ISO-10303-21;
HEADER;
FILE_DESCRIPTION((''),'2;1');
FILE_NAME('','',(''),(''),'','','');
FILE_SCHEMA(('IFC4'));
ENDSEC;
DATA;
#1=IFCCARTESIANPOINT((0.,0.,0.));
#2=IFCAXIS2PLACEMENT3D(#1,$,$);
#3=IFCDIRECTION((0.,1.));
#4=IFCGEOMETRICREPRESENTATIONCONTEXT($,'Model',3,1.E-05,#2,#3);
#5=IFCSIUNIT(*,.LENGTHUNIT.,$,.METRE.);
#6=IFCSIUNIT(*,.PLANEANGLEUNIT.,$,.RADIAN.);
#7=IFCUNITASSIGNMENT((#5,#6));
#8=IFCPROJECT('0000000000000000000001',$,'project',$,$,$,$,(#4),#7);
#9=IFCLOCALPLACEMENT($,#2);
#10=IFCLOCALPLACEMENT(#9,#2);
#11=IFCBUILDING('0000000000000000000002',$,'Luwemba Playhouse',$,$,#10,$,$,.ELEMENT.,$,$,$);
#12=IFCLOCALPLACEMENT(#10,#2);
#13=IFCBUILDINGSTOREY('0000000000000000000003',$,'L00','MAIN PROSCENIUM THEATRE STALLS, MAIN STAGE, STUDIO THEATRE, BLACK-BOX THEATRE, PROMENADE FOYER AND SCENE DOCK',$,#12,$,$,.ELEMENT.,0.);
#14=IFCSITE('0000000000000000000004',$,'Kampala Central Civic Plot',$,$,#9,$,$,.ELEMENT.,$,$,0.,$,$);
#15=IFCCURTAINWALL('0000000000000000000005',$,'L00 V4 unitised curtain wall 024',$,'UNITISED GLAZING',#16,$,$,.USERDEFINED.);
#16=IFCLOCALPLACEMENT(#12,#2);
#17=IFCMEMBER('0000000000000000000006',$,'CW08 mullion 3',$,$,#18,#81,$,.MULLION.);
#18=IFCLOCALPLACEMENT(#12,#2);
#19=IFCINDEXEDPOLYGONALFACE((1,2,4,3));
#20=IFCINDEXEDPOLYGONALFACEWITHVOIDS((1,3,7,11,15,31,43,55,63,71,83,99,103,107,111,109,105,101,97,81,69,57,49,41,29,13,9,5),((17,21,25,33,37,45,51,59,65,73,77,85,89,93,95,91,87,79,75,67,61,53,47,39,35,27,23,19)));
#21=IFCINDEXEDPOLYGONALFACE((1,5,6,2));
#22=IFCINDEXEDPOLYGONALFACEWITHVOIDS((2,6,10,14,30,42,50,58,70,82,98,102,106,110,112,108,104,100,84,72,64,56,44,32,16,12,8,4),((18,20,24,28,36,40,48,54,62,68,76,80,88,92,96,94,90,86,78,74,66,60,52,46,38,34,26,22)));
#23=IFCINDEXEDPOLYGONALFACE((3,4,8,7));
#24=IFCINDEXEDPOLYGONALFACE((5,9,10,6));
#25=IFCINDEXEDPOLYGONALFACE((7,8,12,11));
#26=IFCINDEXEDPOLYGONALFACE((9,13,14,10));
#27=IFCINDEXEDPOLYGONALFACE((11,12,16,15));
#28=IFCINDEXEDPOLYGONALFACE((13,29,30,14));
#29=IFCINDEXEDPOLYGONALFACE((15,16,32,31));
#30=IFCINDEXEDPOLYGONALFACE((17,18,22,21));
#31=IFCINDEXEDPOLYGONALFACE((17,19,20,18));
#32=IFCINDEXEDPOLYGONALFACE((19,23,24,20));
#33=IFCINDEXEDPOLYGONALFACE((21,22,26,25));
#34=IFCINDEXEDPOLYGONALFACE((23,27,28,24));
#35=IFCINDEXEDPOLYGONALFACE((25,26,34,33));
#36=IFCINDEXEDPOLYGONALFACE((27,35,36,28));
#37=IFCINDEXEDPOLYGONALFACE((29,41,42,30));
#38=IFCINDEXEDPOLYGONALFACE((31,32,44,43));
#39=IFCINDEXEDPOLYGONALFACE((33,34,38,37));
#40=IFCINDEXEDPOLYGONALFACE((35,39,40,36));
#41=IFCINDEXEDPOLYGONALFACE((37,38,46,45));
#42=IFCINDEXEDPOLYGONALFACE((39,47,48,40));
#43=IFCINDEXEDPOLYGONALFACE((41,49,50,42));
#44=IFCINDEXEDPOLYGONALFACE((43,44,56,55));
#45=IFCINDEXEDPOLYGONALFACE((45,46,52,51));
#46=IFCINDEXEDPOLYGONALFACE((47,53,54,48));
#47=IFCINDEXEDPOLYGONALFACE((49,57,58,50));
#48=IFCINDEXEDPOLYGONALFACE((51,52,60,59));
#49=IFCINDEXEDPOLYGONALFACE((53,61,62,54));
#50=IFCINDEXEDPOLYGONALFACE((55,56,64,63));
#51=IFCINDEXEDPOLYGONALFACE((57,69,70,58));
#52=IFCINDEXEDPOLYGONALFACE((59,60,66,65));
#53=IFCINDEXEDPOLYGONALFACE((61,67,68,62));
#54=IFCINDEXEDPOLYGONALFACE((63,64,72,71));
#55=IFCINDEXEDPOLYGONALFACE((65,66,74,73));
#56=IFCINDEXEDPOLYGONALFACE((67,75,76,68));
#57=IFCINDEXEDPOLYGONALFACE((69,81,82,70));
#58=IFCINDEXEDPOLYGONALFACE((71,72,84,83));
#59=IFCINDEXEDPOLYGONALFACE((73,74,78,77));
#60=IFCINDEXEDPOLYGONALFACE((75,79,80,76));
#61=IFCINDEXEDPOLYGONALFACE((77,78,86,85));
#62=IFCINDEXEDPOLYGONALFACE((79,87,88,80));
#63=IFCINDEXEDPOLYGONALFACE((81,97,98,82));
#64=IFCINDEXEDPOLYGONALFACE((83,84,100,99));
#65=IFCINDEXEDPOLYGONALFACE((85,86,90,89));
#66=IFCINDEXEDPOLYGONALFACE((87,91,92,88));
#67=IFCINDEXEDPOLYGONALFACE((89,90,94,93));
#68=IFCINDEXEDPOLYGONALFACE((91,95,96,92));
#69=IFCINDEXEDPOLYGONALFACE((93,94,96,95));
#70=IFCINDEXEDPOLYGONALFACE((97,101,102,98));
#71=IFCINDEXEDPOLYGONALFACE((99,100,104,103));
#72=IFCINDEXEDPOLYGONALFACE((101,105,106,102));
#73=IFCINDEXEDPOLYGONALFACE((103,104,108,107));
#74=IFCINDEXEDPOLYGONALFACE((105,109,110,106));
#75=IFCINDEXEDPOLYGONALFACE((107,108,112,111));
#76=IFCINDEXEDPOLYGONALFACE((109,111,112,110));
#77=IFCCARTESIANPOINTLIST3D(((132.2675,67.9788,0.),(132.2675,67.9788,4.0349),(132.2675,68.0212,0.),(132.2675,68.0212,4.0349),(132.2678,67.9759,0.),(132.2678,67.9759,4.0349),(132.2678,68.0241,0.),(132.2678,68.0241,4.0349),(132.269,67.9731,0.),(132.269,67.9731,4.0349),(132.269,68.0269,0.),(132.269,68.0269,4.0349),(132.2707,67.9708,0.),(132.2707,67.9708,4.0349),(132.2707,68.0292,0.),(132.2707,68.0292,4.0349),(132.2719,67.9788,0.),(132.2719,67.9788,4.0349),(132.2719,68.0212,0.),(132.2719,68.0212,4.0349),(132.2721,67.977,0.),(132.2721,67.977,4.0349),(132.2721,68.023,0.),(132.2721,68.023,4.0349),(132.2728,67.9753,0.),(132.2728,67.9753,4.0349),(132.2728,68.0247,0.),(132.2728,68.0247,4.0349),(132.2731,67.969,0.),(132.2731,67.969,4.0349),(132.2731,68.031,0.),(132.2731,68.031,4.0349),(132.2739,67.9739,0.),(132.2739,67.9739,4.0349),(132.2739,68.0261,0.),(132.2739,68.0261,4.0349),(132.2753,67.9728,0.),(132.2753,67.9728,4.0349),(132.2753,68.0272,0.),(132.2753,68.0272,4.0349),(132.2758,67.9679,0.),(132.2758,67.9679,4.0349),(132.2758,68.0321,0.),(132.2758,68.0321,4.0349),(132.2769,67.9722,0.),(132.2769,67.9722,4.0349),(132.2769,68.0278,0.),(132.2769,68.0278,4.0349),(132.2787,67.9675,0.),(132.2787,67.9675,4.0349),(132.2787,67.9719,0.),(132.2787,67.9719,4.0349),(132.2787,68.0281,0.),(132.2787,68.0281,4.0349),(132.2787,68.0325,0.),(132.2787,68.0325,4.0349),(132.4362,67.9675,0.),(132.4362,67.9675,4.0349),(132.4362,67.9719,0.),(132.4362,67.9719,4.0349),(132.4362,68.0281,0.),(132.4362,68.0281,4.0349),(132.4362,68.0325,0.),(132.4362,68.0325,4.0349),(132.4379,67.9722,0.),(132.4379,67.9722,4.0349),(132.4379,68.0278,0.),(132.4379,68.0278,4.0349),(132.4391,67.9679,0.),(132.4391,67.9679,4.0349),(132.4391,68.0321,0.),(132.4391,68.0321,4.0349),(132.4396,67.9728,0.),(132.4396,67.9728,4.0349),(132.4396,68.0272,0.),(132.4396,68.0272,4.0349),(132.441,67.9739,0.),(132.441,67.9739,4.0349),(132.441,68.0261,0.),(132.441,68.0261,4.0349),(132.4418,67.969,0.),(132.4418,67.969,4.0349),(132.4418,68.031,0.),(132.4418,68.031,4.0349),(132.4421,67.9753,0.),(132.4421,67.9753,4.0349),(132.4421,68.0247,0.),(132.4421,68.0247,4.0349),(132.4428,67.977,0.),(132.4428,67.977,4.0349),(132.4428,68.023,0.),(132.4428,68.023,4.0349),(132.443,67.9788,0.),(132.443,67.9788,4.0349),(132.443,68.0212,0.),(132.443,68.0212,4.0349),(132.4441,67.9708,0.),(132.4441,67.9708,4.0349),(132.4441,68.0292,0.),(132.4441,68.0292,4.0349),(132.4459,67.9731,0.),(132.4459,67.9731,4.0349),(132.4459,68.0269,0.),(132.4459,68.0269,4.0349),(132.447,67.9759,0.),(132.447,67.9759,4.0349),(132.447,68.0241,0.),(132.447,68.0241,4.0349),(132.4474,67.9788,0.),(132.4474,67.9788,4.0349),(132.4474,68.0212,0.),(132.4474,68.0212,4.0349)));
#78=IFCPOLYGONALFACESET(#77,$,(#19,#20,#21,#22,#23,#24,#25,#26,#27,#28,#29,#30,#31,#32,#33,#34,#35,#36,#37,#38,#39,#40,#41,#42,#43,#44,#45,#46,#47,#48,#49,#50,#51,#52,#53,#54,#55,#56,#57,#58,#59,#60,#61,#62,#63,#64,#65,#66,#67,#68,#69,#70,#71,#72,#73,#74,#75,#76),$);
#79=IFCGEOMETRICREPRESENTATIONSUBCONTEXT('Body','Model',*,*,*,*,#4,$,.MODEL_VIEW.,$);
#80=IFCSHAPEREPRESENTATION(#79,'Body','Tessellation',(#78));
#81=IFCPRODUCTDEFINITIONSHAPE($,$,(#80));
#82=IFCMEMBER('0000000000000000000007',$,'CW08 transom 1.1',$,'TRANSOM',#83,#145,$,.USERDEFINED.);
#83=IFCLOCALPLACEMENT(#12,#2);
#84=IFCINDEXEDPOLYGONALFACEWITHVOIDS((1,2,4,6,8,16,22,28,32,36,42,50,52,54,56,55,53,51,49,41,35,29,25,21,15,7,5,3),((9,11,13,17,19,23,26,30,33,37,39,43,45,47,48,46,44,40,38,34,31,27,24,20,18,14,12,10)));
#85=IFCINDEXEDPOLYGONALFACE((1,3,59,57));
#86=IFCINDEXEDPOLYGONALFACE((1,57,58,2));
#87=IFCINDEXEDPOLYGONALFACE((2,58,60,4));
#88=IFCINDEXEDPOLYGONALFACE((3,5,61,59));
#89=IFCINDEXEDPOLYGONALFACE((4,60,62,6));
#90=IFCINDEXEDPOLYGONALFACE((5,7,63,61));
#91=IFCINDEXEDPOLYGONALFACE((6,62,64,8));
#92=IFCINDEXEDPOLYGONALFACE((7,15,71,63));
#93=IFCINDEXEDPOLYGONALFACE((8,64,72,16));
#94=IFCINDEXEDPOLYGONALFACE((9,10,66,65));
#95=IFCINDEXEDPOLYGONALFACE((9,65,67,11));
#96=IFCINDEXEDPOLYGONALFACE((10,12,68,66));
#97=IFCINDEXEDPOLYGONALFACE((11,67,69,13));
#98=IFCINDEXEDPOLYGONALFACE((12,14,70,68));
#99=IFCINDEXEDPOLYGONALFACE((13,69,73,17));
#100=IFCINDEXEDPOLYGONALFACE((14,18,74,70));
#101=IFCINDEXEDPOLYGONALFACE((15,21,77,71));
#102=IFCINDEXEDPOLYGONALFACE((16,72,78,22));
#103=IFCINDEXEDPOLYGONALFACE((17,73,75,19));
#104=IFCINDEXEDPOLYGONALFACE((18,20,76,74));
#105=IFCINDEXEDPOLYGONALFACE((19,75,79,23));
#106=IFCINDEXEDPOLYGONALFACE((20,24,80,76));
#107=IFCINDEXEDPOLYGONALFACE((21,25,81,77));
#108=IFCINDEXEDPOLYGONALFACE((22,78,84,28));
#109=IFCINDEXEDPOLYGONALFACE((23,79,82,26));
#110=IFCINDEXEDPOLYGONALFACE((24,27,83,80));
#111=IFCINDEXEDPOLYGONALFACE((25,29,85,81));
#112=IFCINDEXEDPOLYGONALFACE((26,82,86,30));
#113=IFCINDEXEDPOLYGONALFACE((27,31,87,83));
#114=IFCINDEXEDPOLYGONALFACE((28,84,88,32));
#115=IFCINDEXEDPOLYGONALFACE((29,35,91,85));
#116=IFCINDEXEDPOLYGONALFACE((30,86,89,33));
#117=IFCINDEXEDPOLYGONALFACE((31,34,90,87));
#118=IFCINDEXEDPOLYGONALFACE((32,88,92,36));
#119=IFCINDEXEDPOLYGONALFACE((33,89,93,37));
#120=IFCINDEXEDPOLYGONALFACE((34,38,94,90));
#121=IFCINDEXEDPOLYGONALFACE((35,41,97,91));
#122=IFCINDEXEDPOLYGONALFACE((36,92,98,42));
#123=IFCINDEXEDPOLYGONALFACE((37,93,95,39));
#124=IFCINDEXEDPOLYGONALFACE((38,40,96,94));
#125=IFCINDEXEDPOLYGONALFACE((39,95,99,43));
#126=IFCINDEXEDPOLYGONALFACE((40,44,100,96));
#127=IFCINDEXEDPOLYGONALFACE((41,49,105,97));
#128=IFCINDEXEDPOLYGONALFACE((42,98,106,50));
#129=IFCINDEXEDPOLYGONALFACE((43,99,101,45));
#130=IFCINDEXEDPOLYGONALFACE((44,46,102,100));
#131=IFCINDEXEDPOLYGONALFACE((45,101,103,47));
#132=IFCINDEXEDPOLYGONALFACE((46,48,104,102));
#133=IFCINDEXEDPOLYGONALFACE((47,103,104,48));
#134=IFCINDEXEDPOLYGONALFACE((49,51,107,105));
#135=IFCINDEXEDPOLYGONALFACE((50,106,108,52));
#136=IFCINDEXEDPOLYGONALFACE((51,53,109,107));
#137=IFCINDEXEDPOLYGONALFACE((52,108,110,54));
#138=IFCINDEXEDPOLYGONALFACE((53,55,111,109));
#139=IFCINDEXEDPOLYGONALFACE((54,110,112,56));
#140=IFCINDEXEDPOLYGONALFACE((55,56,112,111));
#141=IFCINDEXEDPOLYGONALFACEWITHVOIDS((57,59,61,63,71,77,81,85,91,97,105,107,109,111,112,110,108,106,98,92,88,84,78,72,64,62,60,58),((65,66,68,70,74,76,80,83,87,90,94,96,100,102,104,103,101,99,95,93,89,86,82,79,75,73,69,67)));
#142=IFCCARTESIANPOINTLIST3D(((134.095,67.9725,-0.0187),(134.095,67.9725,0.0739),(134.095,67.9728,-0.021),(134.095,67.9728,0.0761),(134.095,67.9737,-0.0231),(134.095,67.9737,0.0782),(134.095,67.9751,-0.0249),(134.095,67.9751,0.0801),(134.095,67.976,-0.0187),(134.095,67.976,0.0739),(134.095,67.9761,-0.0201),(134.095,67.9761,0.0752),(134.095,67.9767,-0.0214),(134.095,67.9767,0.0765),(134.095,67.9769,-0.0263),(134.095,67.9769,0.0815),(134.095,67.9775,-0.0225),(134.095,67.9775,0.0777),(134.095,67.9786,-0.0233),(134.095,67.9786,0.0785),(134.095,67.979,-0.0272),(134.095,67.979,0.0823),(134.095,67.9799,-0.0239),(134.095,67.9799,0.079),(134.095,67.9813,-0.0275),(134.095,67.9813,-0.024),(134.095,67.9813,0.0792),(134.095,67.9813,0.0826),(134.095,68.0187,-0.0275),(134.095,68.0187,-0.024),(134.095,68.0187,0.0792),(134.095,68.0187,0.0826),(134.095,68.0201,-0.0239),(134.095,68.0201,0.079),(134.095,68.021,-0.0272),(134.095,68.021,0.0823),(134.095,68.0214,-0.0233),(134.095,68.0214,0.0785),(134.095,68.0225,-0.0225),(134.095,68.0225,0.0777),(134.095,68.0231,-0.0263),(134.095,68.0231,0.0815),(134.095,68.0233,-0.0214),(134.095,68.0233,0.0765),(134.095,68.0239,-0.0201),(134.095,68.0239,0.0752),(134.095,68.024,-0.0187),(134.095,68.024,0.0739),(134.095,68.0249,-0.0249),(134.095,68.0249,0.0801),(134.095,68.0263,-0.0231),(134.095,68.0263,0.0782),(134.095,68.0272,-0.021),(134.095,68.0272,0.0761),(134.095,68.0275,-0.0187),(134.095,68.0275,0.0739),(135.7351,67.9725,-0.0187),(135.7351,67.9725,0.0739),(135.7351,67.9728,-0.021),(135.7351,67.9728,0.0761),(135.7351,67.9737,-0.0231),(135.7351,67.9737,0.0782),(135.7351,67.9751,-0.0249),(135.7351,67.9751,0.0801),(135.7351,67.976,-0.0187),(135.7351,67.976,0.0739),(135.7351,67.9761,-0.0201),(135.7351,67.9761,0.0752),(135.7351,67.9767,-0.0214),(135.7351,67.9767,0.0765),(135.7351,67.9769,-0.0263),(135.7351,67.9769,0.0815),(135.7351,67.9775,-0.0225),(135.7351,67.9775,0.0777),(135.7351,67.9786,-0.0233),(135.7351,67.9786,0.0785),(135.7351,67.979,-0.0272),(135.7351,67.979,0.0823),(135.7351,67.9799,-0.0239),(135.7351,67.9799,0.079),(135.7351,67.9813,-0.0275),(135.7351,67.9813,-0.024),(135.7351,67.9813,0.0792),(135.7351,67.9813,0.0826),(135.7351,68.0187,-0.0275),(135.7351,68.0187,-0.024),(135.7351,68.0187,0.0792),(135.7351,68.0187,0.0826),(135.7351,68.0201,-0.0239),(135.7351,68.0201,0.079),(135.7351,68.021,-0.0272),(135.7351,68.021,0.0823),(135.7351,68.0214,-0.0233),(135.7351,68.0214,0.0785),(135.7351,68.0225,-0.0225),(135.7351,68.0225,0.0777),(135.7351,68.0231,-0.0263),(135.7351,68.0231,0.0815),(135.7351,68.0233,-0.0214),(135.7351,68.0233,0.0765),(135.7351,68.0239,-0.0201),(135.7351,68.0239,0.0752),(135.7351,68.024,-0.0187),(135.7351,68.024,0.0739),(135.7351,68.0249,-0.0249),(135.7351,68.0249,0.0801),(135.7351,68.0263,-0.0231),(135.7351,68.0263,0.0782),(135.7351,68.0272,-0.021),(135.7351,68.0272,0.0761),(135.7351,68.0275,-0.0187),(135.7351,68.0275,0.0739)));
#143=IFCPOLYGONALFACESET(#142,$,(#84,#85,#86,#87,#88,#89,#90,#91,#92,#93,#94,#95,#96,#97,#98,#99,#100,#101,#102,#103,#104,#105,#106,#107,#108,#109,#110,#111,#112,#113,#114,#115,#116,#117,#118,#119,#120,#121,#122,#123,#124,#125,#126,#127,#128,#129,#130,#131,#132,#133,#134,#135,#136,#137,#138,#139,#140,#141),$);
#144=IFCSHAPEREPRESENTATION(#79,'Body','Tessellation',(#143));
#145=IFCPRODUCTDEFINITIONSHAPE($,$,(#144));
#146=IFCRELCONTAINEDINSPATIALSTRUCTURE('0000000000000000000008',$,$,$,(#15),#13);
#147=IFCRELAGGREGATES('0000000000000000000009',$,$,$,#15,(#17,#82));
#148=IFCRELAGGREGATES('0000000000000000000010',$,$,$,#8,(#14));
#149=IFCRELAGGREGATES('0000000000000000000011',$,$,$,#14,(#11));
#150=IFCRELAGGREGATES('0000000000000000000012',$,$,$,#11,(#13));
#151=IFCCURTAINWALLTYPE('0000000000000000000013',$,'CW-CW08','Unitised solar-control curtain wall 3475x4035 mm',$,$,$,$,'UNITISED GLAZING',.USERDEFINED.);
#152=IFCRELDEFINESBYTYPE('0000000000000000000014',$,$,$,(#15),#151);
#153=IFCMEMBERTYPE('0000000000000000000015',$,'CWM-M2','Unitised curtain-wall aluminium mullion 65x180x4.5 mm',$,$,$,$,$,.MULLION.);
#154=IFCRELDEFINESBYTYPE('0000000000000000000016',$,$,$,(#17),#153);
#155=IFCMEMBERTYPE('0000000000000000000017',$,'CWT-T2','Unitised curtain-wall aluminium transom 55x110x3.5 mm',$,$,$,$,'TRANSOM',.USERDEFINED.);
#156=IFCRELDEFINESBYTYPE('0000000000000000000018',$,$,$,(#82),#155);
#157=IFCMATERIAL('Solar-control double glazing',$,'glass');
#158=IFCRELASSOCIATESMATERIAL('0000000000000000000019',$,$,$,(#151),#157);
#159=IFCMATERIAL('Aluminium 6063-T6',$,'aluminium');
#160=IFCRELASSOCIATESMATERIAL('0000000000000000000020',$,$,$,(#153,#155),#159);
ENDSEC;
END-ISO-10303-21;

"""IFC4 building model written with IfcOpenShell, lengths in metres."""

from ifc_helpers import new_model, si_unit, direction, frame, origin, origin_2d, place, context, subcontext, project, spatial, hollow_rectangle, extrude, material, material_profile, profile_set, type_object, element, aggregate, save


model = new_model("IFC4")

# Units and contexts
model_context = context("Model", 3, precision=1e-05, world=origin(), true_north=direction((0.0, 1.0)))
body_context = subcontext(model_context, "Body", "Model", "MODEL_VIEW")
ifc_project = project(units=[si_unit("LENGTHUNIT", "METRE"), si_unit("PLANEANGLEUNIT", "RADIAN")], contexts=[model_context])

# Site, building, storey
site_placement = place(None, origin())
site = spatial("IfcSite", under=ifc_project, at=site_placement, Name="Kampala Central Civic Plot", CompositionType="ELEMENT", RefElevation=0.0)
building_placement = place(site_placement, origin())
building = spatial("IfcBuilding", under=site, at=building_placement, Name="Luwemba Playhouse", CompositionType="ELEMENT")
storey_placement = place(building_placement, origin())
storey = spatial("IfcBuildingStorey", under=building, at=storey_placement, Name="L00", Description="MAIN PROSCENIUM THEATRE STALLS, MAIN STAGE, STUDIO THEATRE, BLACK-BOX THEATRE, PROMENADE FOYER AND SCENE DOCK", CompositionType="ELEMENT", Elevation=0.0)

# Curtain wall, members
ifc_material_1 = material(Name="Solar-control double glazing", Category="glass")
curtain_wall_type = type_object("IfcCurtainWallType", Name="CW-CW08", Description="Unitised solar-control curtain wall 3475x4035 mm", ElementType="UNITISED GLAZING", PredefinedType="USERDEFINED", material=ifc_material_1)
curtain_wall_placement = place(storey_placement, origin())
curtain_wall = element("IfcCurtainWall", 1, at=curtain_wall_placement, inside=storey, type_object=curtain_wall_type, Name="L00 V4 unitised curtain wall 024", ObjectType="UNITISED GLAZING", PredefinedType="USERDEFINED")
ifc_material_2 = material(Name="Aluminium 6063-T6", Category="aluminium")
ifc_material_profile_1 = material_profile(ifc_material_2, hollow_rectangle(XDim=0.0649, YDim=0.1799, WallThickness=0.0044, InnerFilletRadius=0.0068, OuterFilletRadius=0.0112, at=origin_2d()))
ifc_profile_set_1 = profile_set([ifc_material_profile_1], Name="Aluminium 6063-T6")
member_type_1 = type_object("IfcMemberType", Name="CWM-M2", Description="Unitised curtain-wall aluminium mullion 65x180x4.5 mm", PredefinedType="MULLION", material=ifc_profile_set_1)
member_1_placement = place(storey_placement, frame((132.3574, 68.0, 0.0), z_axis=(0.0, 0.0, 1.0), x_axis=(0.0, -1.0, 0.0)))
member_1 = element("IfcMember", 2, at=member_1_placement, type_object=member_type_1, Name="CW08 mullion 3", PredefinedType="MULLION", context=body_context, shape_type="SweptSolid", body=[
    extrude(hollow_rectangle(XDim=0.0649, YDim=0.1799, WallThickness=0.0044, InnerFilletRadius=0.0068, OuterFilletRadius=0.0112, at=origin_2d()), origin(), (0.0, 0.0, 1.0), 4.0349),
])
ifc_material_profile_2 = material_profile(ifc_material_2, hollow_rectangle(XDim=0.0549, YDim=0.1101, WallThickness=0.0034, InnerFilletRadius=0.0054, OuterFilletRadius=0.0088, at=origin_2d()))
ifc_profile_set_2 = profile_set([ifc_material_profile_2], Name="Aluminium 6063-T6")
member_type_2 = type_object("IfcMemberType", Name="CWT-T2", Description="Unitised curtain-wall aluminium transom 55x110x3.5 mm", ElementType="TRANSOM", PredefinedType="USERDEFINED", material=ifc_profile_set_2)
member_2_placement = place(storey_placement, frame((135.7351, 68.0, 0.0276), z_axis=(-1.0, 0.0, 0.0), x_axis=(0.0, -1.0, 0.0)))
member_2 = element("IfcMember", 3, at=member_2_placement, type_object=member_type_2, Name="CW08 transom 1.1", ObjectType="TRANSOM", PredefinedType="USERDEFINED", context=body_context, shape_type="SweptSolid", body=[
    extrude(hollow_rectangle(XDim=0.0549, YDim=0.1101, WallThickness=0.0034, InnerFilletRadius=0.0054, OuterFilletRadius=0.0088, at=origin_2d()), origin(), (0.0, 0.0, 1.0), 1.6401),
])
aggregate(curtain_wall, [member_1, member_2])

save(model, "model.ifc")
